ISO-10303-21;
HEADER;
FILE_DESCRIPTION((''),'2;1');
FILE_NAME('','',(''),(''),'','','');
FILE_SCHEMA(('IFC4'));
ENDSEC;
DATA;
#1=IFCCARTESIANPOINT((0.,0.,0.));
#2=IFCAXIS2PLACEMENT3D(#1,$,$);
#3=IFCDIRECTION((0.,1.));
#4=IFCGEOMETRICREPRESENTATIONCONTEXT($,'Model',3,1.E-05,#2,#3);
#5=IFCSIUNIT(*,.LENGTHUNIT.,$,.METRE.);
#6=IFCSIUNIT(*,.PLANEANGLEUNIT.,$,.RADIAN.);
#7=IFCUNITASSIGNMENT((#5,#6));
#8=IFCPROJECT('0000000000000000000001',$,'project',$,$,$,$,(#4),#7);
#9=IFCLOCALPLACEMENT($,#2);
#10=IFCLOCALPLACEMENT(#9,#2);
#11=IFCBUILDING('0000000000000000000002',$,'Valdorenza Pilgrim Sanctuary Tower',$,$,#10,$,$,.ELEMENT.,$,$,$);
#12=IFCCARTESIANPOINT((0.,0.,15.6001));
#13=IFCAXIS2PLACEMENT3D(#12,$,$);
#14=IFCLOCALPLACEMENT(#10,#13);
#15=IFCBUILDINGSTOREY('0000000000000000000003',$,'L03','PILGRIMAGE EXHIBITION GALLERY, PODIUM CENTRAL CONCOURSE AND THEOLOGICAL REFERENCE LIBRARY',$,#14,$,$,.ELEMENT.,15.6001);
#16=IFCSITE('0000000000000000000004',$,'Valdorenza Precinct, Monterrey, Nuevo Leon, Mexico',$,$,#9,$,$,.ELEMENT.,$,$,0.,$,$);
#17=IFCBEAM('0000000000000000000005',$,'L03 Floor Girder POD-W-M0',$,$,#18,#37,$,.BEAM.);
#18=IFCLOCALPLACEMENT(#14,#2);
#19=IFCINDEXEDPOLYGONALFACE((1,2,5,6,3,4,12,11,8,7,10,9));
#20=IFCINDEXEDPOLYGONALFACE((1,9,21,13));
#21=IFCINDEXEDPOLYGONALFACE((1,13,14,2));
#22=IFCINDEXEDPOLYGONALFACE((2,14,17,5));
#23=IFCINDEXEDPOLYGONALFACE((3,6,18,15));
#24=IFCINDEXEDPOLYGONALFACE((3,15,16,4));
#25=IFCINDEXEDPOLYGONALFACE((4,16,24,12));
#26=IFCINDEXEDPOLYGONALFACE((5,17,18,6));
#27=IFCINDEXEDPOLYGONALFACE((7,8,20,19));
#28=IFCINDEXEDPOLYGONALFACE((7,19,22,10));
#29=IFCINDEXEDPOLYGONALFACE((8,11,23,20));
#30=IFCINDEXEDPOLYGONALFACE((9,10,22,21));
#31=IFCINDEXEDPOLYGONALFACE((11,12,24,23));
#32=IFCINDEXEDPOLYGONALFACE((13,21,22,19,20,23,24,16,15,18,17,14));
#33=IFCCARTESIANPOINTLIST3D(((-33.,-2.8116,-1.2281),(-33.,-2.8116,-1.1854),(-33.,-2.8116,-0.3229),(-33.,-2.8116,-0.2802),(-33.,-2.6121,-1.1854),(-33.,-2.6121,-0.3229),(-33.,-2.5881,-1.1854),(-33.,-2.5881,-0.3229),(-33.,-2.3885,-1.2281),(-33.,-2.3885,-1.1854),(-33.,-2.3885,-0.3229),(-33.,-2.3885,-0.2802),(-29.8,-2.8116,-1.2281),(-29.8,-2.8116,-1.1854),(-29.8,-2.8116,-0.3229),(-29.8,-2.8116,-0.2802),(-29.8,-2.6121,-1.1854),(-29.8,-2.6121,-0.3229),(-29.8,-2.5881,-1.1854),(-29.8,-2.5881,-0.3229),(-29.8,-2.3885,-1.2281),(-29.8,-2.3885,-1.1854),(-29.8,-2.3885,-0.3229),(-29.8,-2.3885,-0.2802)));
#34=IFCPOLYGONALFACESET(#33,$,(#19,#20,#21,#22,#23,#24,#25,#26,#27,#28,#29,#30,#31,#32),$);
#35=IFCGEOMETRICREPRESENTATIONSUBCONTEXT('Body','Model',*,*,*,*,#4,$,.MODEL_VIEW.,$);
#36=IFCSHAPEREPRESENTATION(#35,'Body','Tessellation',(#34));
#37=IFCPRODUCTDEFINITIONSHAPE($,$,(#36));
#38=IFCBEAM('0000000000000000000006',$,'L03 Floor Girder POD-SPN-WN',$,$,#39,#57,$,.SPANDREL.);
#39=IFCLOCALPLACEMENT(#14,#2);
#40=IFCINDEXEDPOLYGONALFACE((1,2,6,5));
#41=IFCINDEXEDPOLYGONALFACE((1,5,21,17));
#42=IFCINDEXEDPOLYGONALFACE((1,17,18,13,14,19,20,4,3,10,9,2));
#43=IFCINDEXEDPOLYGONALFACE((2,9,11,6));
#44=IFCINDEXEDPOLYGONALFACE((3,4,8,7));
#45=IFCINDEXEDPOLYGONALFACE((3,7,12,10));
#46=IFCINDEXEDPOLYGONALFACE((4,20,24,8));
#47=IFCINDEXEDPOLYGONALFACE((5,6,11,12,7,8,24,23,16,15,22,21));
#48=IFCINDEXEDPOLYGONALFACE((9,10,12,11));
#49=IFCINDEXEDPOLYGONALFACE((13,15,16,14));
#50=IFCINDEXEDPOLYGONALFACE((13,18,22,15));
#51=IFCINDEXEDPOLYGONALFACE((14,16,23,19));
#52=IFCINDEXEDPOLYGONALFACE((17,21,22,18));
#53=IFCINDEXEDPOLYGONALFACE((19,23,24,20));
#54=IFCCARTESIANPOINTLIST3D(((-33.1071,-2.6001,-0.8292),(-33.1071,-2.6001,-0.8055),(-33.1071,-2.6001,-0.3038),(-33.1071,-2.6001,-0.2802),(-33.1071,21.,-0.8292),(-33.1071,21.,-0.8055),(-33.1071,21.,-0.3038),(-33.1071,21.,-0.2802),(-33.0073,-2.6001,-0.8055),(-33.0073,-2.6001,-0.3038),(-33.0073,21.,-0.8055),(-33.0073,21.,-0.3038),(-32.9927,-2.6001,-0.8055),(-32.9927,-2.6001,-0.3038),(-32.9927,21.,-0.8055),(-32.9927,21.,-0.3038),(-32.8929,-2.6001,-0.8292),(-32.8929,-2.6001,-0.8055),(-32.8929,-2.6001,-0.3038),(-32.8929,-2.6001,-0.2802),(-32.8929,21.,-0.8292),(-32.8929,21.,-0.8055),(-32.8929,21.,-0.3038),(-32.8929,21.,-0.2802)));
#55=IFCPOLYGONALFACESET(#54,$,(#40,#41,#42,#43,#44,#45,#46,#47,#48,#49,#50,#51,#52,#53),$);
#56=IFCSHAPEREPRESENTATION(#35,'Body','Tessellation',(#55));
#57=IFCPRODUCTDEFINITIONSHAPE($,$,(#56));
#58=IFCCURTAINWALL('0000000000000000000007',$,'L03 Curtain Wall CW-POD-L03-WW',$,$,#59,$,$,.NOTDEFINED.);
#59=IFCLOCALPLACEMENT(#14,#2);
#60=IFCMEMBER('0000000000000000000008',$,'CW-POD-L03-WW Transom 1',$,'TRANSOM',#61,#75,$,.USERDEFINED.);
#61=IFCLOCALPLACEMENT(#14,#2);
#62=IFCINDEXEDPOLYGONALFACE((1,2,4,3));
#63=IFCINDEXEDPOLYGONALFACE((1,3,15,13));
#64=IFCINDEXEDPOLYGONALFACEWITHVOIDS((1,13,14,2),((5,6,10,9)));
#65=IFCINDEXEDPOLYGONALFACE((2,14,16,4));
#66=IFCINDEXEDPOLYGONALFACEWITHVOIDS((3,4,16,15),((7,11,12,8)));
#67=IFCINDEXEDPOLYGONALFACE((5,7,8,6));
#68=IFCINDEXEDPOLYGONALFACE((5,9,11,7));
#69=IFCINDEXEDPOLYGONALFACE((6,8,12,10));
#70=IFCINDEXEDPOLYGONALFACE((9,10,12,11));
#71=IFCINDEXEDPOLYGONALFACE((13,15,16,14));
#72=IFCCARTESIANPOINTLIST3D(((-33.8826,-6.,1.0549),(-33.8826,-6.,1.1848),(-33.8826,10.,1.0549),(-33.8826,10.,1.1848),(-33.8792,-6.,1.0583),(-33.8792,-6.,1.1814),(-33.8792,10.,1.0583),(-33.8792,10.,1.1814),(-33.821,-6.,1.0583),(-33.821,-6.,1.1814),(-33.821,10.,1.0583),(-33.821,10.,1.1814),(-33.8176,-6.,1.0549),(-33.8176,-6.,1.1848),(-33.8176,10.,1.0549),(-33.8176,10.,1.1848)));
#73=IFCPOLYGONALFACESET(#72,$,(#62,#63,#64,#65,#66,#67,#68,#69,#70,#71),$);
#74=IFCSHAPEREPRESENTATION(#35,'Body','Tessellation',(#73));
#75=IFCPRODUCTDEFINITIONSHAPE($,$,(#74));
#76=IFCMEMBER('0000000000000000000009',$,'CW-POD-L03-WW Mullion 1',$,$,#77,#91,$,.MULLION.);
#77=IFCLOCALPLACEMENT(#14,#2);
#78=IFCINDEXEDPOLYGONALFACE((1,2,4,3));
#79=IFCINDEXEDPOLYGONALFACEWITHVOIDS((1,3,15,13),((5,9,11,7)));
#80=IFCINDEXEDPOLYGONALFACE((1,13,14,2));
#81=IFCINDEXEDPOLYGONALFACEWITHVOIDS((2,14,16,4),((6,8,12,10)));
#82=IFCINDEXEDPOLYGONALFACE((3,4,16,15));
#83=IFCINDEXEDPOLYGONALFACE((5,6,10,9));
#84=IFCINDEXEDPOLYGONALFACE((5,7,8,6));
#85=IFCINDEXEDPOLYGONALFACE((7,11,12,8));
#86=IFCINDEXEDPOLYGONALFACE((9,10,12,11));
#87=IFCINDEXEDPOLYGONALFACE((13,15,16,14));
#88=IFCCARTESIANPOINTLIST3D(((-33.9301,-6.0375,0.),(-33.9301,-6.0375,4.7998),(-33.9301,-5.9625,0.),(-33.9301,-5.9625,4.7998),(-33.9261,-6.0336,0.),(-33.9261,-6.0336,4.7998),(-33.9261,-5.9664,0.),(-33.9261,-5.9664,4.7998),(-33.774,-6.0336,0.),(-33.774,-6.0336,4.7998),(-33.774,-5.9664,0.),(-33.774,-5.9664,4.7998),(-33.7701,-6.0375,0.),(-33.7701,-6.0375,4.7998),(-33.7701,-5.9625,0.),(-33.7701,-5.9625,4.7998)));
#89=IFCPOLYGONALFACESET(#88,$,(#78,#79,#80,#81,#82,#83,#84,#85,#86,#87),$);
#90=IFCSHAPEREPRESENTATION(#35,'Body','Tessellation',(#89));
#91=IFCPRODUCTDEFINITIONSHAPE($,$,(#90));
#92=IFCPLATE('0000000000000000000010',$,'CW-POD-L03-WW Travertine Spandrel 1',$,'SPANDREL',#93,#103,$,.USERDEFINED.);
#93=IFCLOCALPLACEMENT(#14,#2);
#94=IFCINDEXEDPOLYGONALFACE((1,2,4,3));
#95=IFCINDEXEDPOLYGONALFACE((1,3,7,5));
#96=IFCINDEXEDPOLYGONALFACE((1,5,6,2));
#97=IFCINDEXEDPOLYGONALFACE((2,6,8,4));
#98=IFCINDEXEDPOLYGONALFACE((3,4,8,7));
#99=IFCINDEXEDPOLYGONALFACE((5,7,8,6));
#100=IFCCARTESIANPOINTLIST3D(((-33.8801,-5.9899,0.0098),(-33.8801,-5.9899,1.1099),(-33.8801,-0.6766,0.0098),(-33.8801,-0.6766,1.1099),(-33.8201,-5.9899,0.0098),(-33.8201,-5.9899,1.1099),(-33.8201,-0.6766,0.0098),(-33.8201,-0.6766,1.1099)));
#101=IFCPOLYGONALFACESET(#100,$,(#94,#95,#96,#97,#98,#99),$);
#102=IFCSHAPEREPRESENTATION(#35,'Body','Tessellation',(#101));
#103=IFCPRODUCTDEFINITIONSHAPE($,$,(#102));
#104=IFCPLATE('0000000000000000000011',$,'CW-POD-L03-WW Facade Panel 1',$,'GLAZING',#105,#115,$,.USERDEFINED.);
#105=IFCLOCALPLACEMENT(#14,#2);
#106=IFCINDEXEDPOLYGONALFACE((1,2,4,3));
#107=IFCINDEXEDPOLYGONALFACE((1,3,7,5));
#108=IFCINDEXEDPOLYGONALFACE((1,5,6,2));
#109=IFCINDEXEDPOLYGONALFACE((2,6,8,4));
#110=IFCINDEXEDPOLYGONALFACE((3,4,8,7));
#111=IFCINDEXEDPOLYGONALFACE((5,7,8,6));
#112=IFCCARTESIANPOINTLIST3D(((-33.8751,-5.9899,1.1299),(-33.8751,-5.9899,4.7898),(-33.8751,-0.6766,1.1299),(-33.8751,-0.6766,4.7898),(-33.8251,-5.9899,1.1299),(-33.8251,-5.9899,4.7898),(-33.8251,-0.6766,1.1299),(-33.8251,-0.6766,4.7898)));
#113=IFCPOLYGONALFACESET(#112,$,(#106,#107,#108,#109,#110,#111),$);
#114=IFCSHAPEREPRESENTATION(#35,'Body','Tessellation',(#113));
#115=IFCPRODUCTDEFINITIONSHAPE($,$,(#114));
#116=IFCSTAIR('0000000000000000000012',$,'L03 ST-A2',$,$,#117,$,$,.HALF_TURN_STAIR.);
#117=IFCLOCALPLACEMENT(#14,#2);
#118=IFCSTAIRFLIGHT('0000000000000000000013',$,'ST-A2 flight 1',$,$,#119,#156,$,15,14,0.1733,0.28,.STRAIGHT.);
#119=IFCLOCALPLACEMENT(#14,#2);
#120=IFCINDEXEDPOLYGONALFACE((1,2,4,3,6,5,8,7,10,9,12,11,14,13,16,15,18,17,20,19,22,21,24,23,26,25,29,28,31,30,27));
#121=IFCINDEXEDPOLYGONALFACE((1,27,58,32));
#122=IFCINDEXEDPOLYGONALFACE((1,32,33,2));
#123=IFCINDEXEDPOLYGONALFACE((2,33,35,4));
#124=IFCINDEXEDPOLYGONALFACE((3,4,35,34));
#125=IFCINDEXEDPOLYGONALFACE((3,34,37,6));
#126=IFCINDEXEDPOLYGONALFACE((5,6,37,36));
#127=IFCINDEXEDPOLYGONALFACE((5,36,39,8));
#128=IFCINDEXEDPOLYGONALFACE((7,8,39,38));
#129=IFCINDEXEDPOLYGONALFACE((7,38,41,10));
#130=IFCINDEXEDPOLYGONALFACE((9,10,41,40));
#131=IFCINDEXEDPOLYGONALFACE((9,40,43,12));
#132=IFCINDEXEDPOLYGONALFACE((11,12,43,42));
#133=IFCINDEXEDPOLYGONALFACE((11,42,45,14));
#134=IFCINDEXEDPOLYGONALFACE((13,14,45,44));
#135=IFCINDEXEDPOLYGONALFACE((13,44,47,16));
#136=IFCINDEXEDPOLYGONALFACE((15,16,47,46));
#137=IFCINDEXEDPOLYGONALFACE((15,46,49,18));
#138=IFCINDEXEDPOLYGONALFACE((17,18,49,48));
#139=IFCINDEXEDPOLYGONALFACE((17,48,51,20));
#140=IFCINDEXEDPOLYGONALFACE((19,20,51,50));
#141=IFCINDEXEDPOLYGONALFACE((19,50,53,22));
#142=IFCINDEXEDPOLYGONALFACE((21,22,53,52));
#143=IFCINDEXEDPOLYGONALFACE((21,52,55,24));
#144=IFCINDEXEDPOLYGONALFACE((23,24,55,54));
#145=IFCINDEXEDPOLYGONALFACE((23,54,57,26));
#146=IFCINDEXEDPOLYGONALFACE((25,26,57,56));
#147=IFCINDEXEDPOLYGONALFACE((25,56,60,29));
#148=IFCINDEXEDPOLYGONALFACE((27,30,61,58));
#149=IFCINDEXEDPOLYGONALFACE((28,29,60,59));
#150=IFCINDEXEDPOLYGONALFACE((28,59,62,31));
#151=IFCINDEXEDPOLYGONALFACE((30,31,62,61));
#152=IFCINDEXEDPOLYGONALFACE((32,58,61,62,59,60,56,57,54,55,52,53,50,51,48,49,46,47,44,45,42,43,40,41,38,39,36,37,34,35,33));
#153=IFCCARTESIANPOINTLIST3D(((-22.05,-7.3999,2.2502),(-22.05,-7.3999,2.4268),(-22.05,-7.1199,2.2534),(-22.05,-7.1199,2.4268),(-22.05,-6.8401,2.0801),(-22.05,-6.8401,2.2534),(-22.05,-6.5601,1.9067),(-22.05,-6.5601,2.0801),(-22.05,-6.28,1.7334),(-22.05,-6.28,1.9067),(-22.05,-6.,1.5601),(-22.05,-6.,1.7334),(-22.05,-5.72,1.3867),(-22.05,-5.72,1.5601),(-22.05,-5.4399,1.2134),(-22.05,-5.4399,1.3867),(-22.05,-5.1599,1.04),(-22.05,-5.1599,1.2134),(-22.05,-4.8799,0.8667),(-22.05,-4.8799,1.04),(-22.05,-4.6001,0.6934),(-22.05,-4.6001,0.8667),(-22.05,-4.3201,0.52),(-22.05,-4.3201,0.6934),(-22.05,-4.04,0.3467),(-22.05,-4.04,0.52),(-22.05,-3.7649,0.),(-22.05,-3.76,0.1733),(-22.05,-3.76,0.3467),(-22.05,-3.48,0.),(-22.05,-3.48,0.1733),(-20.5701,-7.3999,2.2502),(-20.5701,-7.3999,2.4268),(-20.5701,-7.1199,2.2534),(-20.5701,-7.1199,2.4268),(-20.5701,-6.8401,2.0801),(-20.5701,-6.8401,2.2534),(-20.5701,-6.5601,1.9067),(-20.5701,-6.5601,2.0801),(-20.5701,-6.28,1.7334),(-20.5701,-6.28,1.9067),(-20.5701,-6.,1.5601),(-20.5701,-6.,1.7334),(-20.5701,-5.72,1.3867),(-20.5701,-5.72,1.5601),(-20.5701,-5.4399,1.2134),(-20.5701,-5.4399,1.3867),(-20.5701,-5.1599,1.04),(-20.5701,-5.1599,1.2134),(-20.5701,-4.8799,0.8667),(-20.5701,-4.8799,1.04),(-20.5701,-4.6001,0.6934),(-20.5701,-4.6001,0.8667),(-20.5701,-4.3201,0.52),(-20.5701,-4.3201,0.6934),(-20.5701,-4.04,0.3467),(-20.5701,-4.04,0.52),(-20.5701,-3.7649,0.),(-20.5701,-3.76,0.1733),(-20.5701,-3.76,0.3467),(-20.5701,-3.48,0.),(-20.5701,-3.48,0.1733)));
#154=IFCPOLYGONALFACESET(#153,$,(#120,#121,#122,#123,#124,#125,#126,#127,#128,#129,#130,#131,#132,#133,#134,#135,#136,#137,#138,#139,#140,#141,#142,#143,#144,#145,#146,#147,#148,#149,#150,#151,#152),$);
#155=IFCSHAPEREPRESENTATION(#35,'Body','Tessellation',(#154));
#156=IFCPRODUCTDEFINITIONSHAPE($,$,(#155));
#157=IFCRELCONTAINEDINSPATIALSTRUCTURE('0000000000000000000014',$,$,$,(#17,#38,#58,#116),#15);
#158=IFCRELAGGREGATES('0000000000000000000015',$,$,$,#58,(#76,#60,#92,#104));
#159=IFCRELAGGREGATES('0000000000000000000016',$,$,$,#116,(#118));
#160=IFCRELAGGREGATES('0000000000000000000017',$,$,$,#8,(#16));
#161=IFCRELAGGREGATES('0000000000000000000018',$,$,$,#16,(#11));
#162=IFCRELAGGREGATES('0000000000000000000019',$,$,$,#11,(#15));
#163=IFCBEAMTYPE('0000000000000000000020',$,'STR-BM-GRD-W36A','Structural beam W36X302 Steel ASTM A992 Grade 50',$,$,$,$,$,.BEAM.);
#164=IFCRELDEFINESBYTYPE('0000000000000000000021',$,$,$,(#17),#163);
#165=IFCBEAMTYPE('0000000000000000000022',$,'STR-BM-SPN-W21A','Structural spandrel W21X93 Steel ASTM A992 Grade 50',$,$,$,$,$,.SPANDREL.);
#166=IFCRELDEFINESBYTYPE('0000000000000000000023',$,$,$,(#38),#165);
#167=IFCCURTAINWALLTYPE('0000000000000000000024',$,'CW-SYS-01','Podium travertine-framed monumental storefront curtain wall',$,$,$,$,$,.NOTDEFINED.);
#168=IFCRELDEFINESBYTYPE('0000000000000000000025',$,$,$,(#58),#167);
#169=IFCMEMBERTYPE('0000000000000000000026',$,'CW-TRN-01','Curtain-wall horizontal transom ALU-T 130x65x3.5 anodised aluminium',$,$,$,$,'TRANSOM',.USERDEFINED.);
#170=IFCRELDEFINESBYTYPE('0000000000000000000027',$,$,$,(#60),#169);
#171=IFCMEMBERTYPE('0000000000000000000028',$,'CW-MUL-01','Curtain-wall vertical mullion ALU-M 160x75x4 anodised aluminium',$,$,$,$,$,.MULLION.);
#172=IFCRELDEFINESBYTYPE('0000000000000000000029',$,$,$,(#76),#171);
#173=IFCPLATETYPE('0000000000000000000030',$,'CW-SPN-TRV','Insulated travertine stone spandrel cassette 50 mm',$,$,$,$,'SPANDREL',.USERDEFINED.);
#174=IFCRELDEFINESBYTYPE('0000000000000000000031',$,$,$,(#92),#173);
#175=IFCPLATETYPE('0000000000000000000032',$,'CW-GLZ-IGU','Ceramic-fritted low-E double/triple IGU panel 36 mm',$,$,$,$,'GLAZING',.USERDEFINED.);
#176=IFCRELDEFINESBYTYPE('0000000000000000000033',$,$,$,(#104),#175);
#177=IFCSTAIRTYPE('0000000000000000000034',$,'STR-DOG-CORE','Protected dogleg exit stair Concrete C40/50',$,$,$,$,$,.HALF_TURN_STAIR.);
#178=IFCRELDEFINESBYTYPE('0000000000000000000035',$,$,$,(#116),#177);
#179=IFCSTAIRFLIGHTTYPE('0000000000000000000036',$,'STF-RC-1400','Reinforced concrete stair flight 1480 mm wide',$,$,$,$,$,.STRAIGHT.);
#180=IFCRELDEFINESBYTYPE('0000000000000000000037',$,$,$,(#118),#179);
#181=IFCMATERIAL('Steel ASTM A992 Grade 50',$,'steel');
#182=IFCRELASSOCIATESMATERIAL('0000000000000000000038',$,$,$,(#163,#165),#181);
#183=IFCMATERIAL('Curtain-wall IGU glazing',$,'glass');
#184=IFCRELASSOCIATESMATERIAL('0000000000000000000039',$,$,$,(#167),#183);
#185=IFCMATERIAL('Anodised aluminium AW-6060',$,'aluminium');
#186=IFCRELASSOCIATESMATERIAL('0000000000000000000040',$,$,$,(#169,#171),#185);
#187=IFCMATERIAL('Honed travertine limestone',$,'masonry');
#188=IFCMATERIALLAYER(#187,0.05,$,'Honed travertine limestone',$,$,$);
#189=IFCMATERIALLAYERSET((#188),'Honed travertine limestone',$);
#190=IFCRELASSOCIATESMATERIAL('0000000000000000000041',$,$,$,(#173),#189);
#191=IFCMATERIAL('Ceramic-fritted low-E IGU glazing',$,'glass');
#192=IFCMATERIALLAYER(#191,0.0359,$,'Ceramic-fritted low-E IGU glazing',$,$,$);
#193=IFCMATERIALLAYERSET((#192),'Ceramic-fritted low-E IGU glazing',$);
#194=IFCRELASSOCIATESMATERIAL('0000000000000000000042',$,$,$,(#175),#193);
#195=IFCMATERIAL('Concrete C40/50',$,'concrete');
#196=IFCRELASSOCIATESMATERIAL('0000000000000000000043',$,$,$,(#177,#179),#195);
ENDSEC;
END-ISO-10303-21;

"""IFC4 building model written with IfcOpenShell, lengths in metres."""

from ifc_helpers import new_model, si_unit, direction, frame, origin, origin_2d, place, context, subcontext, project, spatial, polyline, rectangle, hollow_rectangle, i_section, outline, extrude, source, transform, mapped, material, layer, layer_set, material_profile, profile_set, type_object, element, aggregate, save


model = new_model("IFC4")

# Units and contexts
model_context = context("Model", 3, precision=1e-05, world=origin(), true_north=direction((0.0, 1.0)))
body_context = subcontext(model_context, "Body", "Model", "MODEL_VIEW")
ifc_project = project(units=[si_unit("LENGTHUNIT", "METRE"), si_unit("PLANEANGLEUNIT", "RADIAN")], contexts=[model_context])

# Site, building, storey
site_placement = place(None, origin())
site = spatial("IfcSite", under=ifc_project, at=site_placement, Name="Valdorenza Precinct, Monterrey, Nuevo Leon, Mexico", CompositionType="ELEMENT", RefElevation=0.0)
building_placement = place(site_placement, origin())
building = spatial("IfcBuilding", under=site, at=building_placement, Name="Valdorenza Pilgrim Sanctuary Tower", CompositionType="ELEMENT")
storey_placement = place(building_placement, frame((0.0, 0.0, 15.6001)))
storey = spatial("IfcBuildingStorey", under=building, at=storey_placement, Name="L03", Description="PILGRIMAGE EXHIBITION GALLERY, PODIUM CENTRAL CONCOURSE AND THEOLOGICAL REFERENCE LIBRARY", CompositionType="ELEMENT", Elevation=15.6001)

# Beams
ifc_material_1 = material(Name="Steel ASTM A992 Grade 50", Category="steel")
ifc_material_profile_1 = material_profile(ifc_material_1, i_section(OverallWidth=0.4231, OverallDepth=0.948, WebThickness=0.0239, FlangeThickness=0.0427, at=origin_2d()), Name="W36X302")
ifc_profile_set_1 = profile_set([ifc_material_profile_1], Name="Steel ASTM A992 Grade 50")
beam_type_1 = type_object("IfcBeamType", Name="STR-BM-GRD-W36A", Description="Structural beam W36X302 Steel ASTM A992 Grade 50", PredefinedType="BEAM", material=ifc_profile_set_1)
ifc_material_profile_2 = material_profile(ifc_material_1, i_section(OverallWidth=0.2141, OverallDepth=0.5491, WebThickness=0.0146, FlangeThickness=0.0237, at=origin_2d()), Name="W21X93")
ifc_profile_set_2 = profile_set([ifc_material_profile_2], Name="Steel ASTM A992 Grade 50")
beam_type_2 = type_object("IfcBeamType", Name="STR-BM-SPN-W21A", Description="Structural spandrel W21X93 Steel ASTM A992 Grade 50", PredefinedType="SPANDREL", material=ifc_profile_set_2)
shared_shape_1 = source(origin(), body_context, "Body", "SweptSolid", [
    extrude(i_section(OverallWidth=0.4231, OverallDepth=0.948, WebThickness=0.0239, FlangeThickness=0.0427, at=origin_2d()), origin(), (0.0, 0.0, 1.0), 3.2),
])
beam_1_placement = place(storey_placement, frame((-33.0, -2.6001, -0.7542), z_axis=(1.0, 0.0, 0.0), x_axis=(0.0, 1.0, 0.0)))
element("IfcBeam", 1, at=beam_1_placement, inside=storey, type_object=beam_type_1, Name="L03 Floor Girder POD-W-M0", PredefinedType="BEAM", context=body_context, shape_type="MappedRepresentation", body=[
    mapped(shared_shape_1, transform((0.0, 0.0, 0.0), x_axis=(1.0, 0.0, 0.0), y_axis=(0.0, 1.0, 0.0), z_axis=(0.0, 0.0, 1.0), scale=1.0)),
])
shared_shape_2 = source(origin(), body_context, "Body", "SweptSolid", [
    extrude(i_section(OverallWidth=0.2141, OverallDepth=0.5491, WebThickness=0.0146, FlangeThickness=0.0237, at=origin_2d()), origin(), (0.0, 0.0, 1.0), 23.6001),
])
beam_2_placement = place(storey_placement, frame((-33.0, -2.6001, -0.5547), z_axis=(0.0, 1.0, 0.0), x_axis=(-1.0, 0.0, 0.0)))
element("IfcBeam", 2, at=beam_2_placement, inside=storey, type_object=beam_type_2, Name="L03 Floor Girder POD-SPN-WN", PredefinedType="SPANDREL", context=body_context, shape_type="MappedRepresentation", body=[
    mapped(shared_shape_2, transform((0.0, 0.0, 0.0), x_axis=(1.0, 0.0, 0.0), y_axis=(0.0, 1.0, 0.0), z_axis=(0.0, 0.0, 1.0), scale=1.0)),
])

# Curtain wall, members, plates
ifc_material_2 = material(Name="Curtain-wall IGU glazing", Category="glass")
curtain_wall_type = type_object("IfcCurtainWallType", Name="CW-SYS-01", Description="Podium travertine-framed monumental storefront curtain wall", PredefinedType="NOTDEFINED", material=ifc_material_2)
curtain_wall_placement = place(storey_placement, origin())
curtain_wall = element("IfcCurtainWall", 3, at=curtain_wall_placement, inside=storey, type_object=curtain_wall_type, Name="L03 Curtain Wall CW-POD-L03-WW", PredefinedType="NOTDEFINED")
ifc_material_3 = material(Name="Anodised aluminium AW-6060", Category="aluminium")
ifc_material_profile_3 = material_profile(ifc_material_3, hollow_rectangle(XDim=0.0649, YDim=0.1299, WallThickness=0.0034, at=origin_2d()), Name="ALU-T 130x65x3.5")
ifc_profile_set_3 = profile_set([ifc_material_profile_3], Name="Anodised aluminium AW-6060")
member_type_1 = type_object("IfcMemberType", Name="CW-TRN-01", Description="Curtain-wall horizontal transom ALU-T 130x65x3.5 anodised aluminium", ElementType="TRANSOM", PredefinedType="USERDEFINED", material=ifc_profile_set_3)
shared_shape_3 = source(origin(), body_context, "Body", "SweptSolid", [
    extrude(hollow_rectangle(XDim=0.0649, YDim=0.1299, WallThickness=0.0034, at=origin_2d()), origin(), (0.0, 0.0, 1.0), 16.0),
])
member_1_placement = place(storey_placement, frame((-33.8501, -6.0, 1.1199), z_axis=(0.0, 1.0, 0.0), x_axis=(-1.0, 0.0, 0.0)))
member_1 = element("IfcMember", 4, at=member_1_placement, type_object=member_type_1, Name="CW-POD-L03-WW Transom 1", ObjectType="TRANSOM", PredefinedType="USERDEFINED", context=body_context, shape_type="MappedRepresentation", body=[
    mapped(shared_shape_3, transform((0.0, 0.0, 0.0), x_axis=(1.0, 0.0, 0.0), y_axis=(0.0, 1.0, 0.0), z_axis=(0.0, 0.0, 1.0), scale=1.0)),
])
ifc_material_profile_4 = material_profile(ifc_material_3, hollow_rectangle(XDim=0.075, YDim=0.1599, WallThickness=0.0039, at=origin_2d()), Name="ALU-M 160x75x4")
ifc_profile_set_4 = profile_set([ifc_material_profile_4], Name="Anodised aluminium AW-6060")
member_type_2 = type_object("IfcMemberType", Name="CW-MUL-01", Description="Curtain-wall vertical mullion ALU-M 160x75x4 anodised aluminium", PredefinedType="MULLION", material=ifc_profile_set_4)
shared_shape_4 = source(origin(), body_context, "Body", "SweptSolid", [
    extrude(hollow_rectangle(XDim=0.075, YDim=0.1599, WallThickness=0.0039, at=origin_2d()), origin(), (0.0, 0.0, 1.0), 4.7998),
])
member_2_placement = place(storey_placement, frame((-33.8501, -6.0, 0.0), z_axis=(0.0, 0.0, 1.0), x_axis=(0.0, 1.0, 0.0)))
member_2 = element("IfcMember", 5, at=member_2_placement, type_object=member_type_2, Name="CW-POD-L03-WW Mullion 1", PredefinedType="MULLION", context=body_context, shape_type="MappedRepresentation", body=[
    mapped(shared_shape_4, transform((0.0, 0.0, 0.0), x_axis=(1.0, 0.0, 0.0), y_axis=(0.0, 1.0, 0.0), z_axis=(0.0, 0.0, 1.0), scale=1.0)),
])
ifc_material_4 = material(Name="Honed travertine limestone", Category="masonry")
ifc_layer_1 = layer(ifc_material_4, 0.05, Name="Honed travertine limestone")
ifc_layer_set_1 = layer_set([ifc_layer_1], Name="Honed travertine limestone")
plate_type_1 = type_object("IfcPlateType", Name="CW-SPN-TRV", Description="Insulated travertine stone spandrel cassette 50 mm", ElementType="SPANDREL", PredefinedType="USERDEFINED", material=ifc_layer_set_1)
shared_shape_5 = source(origin(), body_context, "Body", "SweptSolid", [
    extrude(rectangle(XDim=5.3132, YDim=0.0601, at=origin_2d()), origin(), (0.0, 0.0, 1.0), 1.1001),
])
plate_1_placement = place(storey_placement, frame((-33.8501, -3.3333, 0.0098), z_axis=(0.0, 0.0, 1.0), x_axis=(0.0, 1.0, 0.0)))
plate_1 = element("IfcPlate", 6, at=plate_1_placement, type_object=plate_type_1, Name="CW-POD-L03-WW Travertine Spandrel 1", ObjectType="SPANDREL", PredefinedType="USERDEFINED", context=body_context, shape_type="MappedRepresentation", body=[
    mapped(shared_shape_5, transform((0.0, 0.0, 0.0), x_axis=(1.0, 0.0, 0.0), y_axis=(0.0, 1.0, 0.0), z_axis=(0.0, 0.0, 1.0), scale=1.0)),
])
ifc_material_5 = material(Name="Ceramic-fritted low-E IGU glazing", Category="glass")
ifc_layer_2 = layer(ifc_material_5, 0.0359, Name="Ceramic-fritted low-E IGU glazing")
ifc_layer_set_2 = layer_set([ifc_layer_2], Name="Ceramic-fritted low-E IGU glazing")
plate_type_2 = type_object("IfcPlateType", Name="CW-GLZ-IGU", Description="Ceramic-fritted low-E double/triple IGU panel 36 mm", ElementType="GLAZING", PredefinedType="USERDEFINED", material=ifc_layer_set_2)
shared_shape_6 = source(origin(), body_context, "Body", "SweptSolid", [
    extrude(rectangle(XDim=5.3132, YDim=0.05, at=origin_2d()), origin(), (0.0, 0.0, 1.0), 3.6599),
])
plate_2_placement = place(storey_placement, frame((-33.8501, -3.3333, 1.1299), z_axis=(0.0, 0.0, 1.0), x_axis=(0.0, 1.0, 0.0)))
plate_2 = element("IfcPlate", 7, at=plate_2_placement, type_object=plate_type_2, Name="CW-POD-L03-WW Facade Panel 1", ObjectType="GLAZING", PredefinedType="USERDEFINED", context=body_context, shape_type="MappedRepresentation", body=[
    mapped(shared_shape_6, transform((0.0, 0.0, 0.0), x_axis=(1.0, 0.0, 0.0), y_axis=(0.0, 1.0, 0.0), z_axis=(0.0, 0.0, 1.0), scale=1.0)),
])
aggregate(curtain_wall, [member_2, member_1, plate_1, plate_2])

# Stair, stair flight
ifc_material_6 = material(Name="Concrete C40/50", Category="concrete")
stair_type = type_object("IfcStairType", Name="STR-DOG-CORE", Description="Protected dogleg exit stair Concrete C40/50", PredefinedType="HALF_TURN_STAIR", material=ifc_material_6)
stair_placement = place(storey_placement, origin())
stair = element("IfcStair", 8, at=stair_placement, inside=storey, type_object=stair_type, Name="L03 ST-A2", PredefinedType="HALF_TURN_STAIR")
stair_flight_type = type_object("IfcStairFlightType", Name="STF-RC-1400", Description="Reinforced concrete stair flight 1480 mm wide", PredefinedType="STRAIGHT", material=ifc_material_6)
stair_flight_1_placement = place(storey_placement, frame((-21.3101, -3.48, 0.0), z_axis=(0.0, 0.0, 1.0), x_axis=(0.0, -1.0, 0.0)))
stair_flight_1 = element("IfcStairFlight", 9, at=stair_flight_1_placement, type_object=stair_flight_type, Name="ST-A2 flight 1", NumberOfRisers=15, NumberOfTreads=14, PredefinedType="STRAIGHT", RiserHeight=0.1733, TreadLength=0.28, context=body_context, shape_type="SweptSolid", body=[
    extrude(outline(polyline([(0.0, 0.0), (0.0, 0.1733), (0.28, 0.1733), (0.28, 0.3467), (0.5601, 0.3467), (0.5601, 0.52), (0.8401, 0.52), (0.8401, 0.6934), (1.1201, 0.6934), (1.1201, 0.8667), (1.3999, 0.8667), (1.3999, 1.04), (1.6799, 1.04), (1.6799, 1.2134), (1.96, 1.2134), (1.96, 1.3867), (2.24, 1.3867), (2.24, 1.5601), (2.52, 1.5601), (2.52, 1.7334), (2.8, 1.7334), (2.8, 1.9067), (3.0801, 1.9067), (3.0801, 2.0801), (3.3601, 2.0801), (3.3601, 2.2534), (3.6399, 2.2534), (3.6399, 2.4268), (3.9199, 2.4268), (3.9199, 2.6001), (3.9199, 2.2502), (0.2849, 0.0), (0.0, 0.0)])), frame((0.0, 0.74, 0.0), z_axis=(0.0, -1.0, 0.0), x_axis=(1.0, 0.0, 0.0)), (0.0, 0.0, 1.0), 1.48),
])
aggregate(stair, [stair_flight_1])

save(model, "model.ifc")
